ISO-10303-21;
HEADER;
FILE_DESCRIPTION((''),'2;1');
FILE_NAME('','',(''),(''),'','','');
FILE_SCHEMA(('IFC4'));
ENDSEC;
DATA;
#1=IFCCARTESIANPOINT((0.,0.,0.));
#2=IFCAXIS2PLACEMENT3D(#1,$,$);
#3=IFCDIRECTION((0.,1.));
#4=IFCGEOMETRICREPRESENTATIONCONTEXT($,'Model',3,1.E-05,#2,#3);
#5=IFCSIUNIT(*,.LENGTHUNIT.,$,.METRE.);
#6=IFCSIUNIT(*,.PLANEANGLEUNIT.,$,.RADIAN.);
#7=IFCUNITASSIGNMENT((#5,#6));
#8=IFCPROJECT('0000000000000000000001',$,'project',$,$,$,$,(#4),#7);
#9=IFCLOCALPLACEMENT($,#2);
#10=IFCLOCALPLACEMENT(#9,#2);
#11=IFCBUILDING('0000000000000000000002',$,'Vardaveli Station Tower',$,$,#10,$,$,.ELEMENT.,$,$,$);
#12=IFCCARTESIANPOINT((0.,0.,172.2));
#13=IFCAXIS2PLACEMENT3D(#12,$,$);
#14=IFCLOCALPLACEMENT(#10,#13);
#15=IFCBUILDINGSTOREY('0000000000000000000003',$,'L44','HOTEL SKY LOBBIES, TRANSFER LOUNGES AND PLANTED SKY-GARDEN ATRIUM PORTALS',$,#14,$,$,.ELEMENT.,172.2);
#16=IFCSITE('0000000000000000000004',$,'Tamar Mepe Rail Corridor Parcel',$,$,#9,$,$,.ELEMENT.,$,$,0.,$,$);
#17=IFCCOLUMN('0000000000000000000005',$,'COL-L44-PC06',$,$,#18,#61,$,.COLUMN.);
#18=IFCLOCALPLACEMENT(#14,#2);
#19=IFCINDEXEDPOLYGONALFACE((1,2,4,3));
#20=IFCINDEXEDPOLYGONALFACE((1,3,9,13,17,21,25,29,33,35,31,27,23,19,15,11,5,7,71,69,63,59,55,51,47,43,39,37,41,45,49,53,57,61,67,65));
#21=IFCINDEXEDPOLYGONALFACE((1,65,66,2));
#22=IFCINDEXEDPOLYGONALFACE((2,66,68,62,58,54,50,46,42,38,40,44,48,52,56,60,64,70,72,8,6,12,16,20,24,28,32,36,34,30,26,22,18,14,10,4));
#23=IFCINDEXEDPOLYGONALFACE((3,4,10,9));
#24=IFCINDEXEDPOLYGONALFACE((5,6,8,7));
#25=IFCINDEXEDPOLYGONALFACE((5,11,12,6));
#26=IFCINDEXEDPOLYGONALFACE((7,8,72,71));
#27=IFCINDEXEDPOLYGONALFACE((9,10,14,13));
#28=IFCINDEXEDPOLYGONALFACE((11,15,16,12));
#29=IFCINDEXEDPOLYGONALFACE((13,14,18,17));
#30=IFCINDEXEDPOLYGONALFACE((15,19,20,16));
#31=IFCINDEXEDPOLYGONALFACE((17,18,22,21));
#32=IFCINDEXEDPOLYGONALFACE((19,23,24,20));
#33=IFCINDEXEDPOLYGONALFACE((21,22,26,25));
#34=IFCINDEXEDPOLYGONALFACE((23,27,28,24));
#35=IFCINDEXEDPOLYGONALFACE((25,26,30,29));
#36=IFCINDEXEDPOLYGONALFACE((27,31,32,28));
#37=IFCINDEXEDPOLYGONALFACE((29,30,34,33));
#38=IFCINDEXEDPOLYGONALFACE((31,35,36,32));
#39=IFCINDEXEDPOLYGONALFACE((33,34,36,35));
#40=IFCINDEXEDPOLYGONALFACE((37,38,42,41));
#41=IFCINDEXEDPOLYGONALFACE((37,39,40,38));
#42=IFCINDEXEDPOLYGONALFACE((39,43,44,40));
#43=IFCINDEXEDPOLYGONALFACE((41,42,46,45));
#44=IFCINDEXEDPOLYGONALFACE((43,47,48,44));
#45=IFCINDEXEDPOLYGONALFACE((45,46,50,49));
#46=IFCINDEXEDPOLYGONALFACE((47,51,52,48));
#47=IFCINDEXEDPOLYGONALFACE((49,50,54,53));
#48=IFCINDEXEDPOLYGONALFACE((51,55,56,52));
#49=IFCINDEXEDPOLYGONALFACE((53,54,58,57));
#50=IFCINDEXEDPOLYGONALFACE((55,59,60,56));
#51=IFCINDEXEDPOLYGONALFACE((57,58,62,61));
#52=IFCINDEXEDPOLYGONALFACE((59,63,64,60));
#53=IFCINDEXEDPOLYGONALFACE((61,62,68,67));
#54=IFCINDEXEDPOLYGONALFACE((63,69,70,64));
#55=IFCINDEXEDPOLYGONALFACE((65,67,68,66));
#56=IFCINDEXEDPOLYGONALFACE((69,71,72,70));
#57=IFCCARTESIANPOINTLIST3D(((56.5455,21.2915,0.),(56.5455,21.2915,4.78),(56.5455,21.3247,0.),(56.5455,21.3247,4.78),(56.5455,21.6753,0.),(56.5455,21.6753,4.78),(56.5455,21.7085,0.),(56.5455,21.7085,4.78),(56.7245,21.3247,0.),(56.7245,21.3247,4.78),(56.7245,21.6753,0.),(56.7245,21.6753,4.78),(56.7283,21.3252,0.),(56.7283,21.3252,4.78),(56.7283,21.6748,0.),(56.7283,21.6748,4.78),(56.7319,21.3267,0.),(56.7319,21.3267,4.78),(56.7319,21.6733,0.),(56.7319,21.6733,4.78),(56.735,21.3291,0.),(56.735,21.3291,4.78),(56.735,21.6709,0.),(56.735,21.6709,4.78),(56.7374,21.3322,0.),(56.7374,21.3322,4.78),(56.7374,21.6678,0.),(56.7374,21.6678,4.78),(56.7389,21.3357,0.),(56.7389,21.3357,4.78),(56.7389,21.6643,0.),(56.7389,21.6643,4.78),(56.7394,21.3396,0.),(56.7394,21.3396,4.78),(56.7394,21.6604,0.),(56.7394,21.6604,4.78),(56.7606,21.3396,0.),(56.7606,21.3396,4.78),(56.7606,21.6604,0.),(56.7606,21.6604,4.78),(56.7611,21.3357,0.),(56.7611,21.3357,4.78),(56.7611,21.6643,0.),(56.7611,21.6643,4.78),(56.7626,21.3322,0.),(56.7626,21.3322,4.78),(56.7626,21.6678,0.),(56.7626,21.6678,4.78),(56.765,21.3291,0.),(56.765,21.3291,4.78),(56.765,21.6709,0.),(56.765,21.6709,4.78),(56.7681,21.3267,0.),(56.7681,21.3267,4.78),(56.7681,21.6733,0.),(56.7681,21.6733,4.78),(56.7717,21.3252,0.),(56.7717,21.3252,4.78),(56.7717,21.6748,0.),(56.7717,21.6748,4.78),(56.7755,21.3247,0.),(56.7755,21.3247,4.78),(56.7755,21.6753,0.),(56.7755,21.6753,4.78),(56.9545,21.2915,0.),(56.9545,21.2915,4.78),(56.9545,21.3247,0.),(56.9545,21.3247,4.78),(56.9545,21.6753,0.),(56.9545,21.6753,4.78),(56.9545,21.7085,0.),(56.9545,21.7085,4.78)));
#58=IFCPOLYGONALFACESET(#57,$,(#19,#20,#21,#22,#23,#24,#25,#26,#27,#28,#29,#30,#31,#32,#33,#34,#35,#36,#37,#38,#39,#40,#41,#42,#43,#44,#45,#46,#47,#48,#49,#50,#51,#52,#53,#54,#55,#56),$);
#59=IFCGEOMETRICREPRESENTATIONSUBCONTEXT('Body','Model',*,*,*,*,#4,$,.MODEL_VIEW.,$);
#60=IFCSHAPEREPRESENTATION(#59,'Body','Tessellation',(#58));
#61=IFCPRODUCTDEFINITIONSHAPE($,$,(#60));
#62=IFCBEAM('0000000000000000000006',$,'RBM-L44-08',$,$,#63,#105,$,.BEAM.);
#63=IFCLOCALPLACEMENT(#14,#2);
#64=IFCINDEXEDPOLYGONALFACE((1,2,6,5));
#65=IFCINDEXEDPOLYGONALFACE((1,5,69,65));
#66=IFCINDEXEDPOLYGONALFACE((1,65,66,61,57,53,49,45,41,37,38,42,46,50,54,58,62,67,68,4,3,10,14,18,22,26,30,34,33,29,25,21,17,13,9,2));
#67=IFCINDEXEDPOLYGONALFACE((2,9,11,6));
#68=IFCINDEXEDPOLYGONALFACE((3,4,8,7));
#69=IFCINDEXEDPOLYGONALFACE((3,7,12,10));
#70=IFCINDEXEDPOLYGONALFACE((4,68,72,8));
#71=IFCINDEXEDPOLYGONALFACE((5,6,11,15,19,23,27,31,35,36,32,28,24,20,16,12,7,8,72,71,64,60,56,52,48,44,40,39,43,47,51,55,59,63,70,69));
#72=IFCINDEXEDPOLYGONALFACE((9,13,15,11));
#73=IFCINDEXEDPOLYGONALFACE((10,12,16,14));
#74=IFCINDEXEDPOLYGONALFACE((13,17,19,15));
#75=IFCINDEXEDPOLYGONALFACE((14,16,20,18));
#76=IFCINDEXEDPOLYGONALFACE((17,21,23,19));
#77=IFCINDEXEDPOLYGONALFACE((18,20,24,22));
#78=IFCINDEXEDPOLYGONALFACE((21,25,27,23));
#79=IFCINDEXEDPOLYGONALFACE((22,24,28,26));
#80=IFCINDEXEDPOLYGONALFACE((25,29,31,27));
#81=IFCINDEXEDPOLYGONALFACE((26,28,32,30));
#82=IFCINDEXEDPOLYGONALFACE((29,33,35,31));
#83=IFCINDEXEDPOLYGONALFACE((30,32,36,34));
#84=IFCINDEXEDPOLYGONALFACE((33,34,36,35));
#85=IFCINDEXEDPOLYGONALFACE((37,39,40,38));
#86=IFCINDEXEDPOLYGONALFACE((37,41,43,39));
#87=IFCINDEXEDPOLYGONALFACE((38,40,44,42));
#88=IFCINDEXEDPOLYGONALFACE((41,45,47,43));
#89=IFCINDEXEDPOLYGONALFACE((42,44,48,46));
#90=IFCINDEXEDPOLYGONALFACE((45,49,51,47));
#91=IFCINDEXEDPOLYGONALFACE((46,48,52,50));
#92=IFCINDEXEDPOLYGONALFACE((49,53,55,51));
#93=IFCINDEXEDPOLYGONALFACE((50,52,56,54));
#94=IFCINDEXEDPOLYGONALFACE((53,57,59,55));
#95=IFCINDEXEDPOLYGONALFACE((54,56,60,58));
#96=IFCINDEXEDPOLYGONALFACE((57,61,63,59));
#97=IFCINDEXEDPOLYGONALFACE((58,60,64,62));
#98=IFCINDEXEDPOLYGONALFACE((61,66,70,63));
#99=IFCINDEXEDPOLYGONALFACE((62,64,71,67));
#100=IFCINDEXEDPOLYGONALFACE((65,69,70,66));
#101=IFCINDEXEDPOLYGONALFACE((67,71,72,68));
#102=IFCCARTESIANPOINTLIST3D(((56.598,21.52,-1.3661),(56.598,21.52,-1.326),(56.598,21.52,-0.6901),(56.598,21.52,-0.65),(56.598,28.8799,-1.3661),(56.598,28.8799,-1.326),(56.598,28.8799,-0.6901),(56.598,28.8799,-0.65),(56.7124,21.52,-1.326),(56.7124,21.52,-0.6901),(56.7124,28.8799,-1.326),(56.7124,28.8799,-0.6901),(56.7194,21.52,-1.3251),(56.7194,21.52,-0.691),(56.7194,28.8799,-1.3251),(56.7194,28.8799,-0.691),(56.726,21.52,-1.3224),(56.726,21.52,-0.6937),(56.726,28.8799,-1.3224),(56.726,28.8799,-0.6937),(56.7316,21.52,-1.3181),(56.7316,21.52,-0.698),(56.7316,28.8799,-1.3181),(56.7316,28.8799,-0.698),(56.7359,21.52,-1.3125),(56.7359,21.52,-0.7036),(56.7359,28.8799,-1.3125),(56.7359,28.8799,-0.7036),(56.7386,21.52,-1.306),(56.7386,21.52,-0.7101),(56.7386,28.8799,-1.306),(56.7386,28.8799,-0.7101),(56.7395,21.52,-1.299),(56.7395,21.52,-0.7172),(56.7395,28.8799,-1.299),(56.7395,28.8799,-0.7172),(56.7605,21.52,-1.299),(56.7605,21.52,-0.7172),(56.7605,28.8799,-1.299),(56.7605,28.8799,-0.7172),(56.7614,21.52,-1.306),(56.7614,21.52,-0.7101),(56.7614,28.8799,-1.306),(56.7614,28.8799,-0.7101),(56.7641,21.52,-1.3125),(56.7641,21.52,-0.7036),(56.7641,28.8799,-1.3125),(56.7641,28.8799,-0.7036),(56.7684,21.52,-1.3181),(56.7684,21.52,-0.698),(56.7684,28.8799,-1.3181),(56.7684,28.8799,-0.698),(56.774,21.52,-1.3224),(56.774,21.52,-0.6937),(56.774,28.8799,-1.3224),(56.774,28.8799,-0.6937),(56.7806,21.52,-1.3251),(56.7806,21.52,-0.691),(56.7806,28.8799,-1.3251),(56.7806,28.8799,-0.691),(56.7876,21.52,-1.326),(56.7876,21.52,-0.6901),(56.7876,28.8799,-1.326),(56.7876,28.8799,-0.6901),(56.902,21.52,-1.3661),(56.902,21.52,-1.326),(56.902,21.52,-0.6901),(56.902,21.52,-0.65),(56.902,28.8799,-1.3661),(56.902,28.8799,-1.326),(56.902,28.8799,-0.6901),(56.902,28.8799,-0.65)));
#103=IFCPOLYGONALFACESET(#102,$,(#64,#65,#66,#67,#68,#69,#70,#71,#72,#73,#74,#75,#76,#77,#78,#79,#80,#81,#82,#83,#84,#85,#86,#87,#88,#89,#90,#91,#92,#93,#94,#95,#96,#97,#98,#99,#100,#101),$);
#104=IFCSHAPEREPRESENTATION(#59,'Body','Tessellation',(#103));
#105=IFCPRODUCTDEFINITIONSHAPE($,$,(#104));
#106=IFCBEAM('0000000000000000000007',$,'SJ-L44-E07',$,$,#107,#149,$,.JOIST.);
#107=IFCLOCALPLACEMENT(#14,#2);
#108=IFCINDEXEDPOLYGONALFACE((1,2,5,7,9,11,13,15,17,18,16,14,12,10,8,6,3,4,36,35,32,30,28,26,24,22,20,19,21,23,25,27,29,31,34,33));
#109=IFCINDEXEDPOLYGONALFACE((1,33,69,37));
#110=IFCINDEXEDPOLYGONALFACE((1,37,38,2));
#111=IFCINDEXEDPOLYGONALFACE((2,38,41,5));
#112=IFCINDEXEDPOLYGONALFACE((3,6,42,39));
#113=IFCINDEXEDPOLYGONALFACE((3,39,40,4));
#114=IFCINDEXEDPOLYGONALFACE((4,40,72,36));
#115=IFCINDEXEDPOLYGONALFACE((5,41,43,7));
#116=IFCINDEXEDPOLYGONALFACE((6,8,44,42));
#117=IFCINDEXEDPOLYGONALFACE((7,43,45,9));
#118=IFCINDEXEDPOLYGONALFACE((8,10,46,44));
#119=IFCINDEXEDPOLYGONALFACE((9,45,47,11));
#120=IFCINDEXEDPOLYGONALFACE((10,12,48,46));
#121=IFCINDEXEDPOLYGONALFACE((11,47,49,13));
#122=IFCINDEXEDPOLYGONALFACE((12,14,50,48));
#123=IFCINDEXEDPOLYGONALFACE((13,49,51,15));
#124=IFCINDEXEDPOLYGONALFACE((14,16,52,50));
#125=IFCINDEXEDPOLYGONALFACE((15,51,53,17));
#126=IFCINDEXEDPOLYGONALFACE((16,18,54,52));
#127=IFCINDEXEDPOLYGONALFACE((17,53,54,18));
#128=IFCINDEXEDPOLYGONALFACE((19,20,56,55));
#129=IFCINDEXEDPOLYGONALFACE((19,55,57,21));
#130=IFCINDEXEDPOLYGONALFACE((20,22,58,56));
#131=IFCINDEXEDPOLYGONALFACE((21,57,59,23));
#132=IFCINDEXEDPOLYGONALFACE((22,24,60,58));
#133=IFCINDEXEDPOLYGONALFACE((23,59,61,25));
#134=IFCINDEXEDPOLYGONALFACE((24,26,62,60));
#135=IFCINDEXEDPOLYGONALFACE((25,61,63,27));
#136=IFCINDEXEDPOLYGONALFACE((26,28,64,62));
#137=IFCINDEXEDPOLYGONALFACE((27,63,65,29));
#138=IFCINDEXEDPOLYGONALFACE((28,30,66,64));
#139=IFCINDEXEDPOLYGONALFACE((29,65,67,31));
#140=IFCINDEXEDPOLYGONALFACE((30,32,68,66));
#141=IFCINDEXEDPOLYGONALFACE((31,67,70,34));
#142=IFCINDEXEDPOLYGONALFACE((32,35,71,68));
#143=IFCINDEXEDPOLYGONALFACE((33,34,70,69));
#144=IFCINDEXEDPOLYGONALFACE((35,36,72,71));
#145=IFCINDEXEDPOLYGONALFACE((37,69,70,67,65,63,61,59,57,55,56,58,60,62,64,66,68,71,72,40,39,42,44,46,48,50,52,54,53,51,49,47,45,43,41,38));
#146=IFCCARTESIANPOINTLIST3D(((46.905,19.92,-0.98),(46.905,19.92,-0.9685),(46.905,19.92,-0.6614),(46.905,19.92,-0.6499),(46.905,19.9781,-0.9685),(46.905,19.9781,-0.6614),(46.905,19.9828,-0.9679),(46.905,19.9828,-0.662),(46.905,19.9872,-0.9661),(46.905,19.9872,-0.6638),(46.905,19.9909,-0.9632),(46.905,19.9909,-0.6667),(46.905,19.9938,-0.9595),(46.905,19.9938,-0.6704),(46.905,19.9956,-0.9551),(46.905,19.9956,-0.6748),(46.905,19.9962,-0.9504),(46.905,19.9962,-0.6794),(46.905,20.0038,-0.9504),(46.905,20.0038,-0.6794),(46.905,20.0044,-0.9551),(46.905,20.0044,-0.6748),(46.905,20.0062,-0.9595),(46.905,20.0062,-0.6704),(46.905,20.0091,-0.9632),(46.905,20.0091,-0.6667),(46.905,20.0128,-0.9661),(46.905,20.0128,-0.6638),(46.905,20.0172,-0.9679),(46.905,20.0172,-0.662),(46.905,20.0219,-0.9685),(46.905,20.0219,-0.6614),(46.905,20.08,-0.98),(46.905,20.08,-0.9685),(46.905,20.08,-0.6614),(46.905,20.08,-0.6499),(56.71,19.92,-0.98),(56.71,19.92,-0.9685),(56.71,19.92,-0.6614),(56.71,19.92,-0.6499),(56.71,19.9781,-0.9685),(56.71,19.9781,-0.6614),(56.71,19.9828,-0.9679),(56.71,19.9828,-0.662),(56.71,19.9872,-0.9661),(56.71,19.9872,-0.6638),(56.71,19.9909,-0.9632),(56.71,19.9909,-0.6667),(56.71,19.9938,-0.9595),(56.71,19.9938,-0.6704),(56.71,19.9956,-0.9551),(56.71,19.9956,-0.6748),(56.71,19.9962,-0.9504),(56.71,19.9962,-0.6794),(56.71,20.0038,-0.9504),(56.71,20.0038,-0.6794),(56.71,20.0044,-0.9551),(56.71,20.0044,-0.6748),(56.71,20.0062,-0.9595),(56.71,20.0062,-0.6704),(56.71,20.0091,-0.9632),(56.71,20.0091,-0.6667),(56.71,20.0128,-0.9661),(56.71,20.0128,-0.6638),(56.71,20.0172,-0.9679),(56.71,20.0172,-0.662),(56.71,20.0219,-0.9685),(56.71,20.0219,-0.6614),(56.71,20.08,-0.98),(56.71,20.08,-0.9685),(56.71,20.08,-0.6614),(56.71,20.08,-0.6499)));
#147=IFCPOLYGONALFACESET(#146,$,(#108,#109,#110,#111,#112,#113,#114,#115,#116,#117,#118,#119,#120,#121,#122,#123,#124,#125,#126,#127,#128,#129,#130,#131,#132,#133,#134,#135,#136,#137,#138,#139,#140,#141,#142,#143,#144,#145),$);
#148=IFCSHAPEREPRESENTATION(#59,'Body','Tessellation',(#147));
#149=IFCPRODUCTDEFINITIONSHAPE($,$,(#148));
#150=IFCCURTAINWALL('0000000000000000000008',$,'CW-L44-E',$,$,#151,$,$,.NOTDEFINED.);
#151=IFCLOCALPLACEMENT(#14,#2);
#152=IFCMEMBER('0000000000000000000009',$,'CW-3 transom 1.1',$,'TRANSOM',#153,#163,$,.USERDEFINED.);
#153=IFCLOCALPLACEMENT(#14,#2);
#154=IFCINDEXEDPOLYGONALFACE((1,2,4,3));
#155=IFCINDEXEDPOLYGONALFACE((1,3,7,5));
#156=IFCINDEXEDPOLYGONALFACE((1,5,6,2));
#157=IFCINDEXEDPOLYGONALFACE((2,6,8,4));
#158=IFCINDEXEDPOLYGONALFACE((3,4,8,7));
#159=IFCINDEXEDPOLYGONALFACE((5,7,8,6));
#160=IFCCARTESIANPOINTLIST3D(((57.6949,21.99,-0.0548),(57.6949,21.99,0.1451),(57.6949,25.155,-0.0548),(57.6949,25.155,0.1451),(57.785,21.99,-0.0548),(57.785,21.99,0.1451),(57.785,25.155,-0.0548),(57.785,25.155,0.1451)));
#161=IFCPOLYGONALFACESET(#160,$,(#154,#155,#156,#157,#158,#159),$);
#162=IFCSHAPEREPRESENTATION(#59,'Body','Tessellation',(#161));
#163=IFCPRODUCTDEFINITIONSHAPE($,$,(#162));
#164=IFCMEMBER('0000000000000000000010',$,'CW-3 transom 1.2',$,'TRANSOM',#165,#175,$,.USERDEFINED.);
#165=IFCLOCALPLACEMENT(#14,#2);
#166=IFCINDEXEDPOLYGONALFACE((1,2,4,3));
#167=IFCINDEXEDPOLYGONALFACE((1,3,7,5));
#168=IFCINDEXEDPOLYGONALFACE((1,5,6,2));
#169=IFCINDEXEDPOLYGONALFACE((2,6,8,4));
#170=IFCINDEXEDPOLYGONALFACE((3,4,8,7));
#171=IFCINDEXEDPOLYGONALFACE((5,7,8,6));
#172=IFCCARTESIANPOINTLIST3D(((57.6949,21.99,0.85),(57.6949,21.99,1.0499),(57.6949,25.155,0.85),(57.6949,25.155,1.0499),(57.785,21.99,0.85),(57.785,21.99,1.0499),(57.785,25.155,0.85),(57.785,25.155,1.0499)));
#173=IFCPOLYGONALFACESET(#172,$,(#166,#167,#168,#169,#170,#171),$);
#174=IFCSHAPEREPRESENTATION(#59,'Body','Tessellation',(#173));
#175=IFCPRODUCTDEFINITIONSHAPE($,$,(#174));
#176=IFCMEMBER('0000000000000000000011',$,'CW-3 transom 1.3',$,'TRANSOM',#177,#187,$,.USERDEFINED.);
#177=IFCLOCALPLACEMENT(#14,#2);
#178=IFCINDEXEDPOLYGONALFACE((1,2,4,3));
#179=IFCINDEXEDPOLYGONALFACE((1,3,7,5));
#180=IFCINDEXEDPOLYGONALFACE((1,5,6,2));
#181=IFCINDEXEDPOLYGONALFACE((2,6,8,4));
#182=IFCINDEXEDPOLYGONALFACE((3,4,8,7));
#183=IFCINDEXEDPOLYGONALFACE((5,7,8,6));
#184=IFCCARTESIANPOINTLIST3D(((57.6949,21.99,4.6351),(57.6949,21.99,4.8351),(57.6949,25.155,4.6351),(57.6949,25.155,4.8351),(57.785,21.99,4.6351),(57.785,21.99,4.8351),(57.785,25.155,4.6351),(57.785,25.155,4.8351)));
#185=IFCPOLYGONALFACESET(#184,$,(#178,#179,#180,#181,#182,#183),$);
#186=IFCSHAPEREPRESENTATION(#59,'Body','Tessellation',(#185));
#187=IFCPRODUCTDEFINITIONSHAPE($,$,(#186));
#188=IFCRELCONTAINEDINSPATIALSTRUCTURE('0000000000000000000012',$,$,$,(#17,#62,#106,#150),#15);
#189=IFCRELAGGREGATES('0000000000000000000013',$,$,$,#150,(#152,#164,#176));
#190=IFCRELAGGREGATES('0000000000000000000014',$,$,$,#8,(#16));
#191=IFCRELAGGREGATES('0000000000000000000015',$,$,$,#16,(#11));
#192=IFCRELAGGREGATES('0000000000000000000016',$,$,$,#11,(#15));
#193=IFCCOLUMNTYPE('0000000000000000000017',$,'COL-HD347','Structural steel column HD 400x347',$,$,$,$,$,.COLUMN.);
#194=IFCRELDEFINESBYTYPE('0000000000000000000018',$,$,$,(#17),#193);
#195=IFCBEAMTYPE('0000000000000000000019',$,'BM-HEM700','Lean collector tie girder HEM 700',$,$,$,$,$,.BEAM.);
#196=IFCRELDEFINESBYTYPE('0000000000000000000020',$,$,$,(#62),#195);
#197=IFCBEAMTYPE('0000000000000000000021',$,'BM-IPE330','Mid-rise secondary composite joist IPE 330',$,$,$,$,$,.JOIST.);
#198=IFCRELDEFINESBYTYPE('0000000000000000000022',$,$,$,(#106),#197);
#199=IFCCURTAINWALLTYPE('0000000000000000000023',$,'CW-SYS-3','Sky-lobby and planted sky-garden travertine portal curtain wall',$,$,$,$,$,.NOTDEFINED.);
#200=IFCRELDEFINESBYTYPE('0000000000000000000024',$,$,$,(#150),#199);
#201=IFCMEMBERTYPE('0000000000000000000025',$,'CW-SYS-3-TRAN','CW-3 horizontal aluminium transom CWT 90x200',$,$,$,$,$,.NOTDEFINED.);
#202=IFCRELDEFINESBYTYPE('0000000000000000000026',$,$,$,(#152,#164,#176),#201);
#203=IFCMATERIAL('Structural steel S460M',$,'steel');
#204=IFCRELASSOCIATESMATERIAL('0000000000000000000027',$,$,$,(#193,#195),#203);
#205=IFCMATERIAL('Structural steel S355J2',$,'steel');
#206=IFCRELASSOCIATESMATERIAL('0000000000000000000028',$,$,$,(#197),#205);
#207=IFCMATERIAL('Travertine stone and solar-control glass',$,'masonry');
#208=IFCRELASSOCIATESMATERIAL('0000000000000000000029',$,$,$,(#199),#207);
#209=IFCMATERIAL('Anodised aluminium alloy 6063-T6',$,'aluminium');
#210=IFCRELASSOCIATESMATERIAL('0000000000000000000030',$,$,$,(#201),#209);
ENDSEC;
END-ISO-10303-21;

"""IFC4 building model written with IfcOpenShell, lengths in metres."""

from ifc_helpers import new_model, si_unit, direction, frame, origin, origin_2d, place, context, subcontext, project, spatial, rectangle, i_section, extrude, source, transform, mapped, material, material_profile, profile_set, type_object, element, aggregate, save


model = new_model("IFC4")

# Units and contexts
model_context = context("Model", 3, precision=1e-05, world=origin(), true_north=direction((0.0, 1.0)))
body_context = subcontext(model_context, "Body", "Model", "MODEL_VIEW")
ifc_project = project(units=[si_unit("LENGTHUNIT", "METRE"), si_unit("PLANEANGLEUNIT", "RADIAN")], contexts=[model_context])

# Site, building, storey
site_placement = place(None, origin())
site = spatial("IfcSite", under=ifc_project, at=site_placement, Name="Tamar Mepe Rail Corridor Parcel", CompositionType="ELEMENT", RefElevation=0.0)
building_placement = place(site_placement, origin())
building = spatial("IfcBuilding", under=site, at=building_placement, Name="Vardaveli Station Tower", CompositionType="ELEMENT")
storey_placement = place(building_placement, frame((0.0, 0.0, 172.2)))
storey = spatial("IfcBuildingStorey", under=building, at=storey_placement, Name="L44", Description="HOTEL SKY LOBBIES, TRANSFER LOUNGES AND PLANTED SKY-GARDEN ATRIUM PORTALS", CompositionType="ELEMENT", Elevation=172.2)

# Column
ifc_material_1 = material(Name="Structural steel S460M", Category="steel")
ifc_material_profile_1 = material_profile(ifc_material_1, i_section(OverallWidth=0.4089, OverallDepth=0.417, WebThickness=0.0212, FlangeThickness=0.0332, FilletRadius=0.0149, at=origin_2d()), Name="HD 400x347")
ifc_profile_set_1 = profile_set([ifc_material_profile_1], Name="Structural steel S460M")
column_type = type_object("IfcColumnType", Name="COL-HD347", Description="Structural steel column HD 400x347", PredefinedType="COLUMN", material=ifc_profile_set_1)
shared_shape_1 = source(origin(), body_context, "Body", "SweptSolid", [
    extrude(i_section(OverallWidth=0.4089, OverallDepth=0.417, WebThickness=0.0212, FlangeThickness=0.0332, FilletRadius=0.0149, at=origin_2d()), origin(), (0.0, 0.0, 1.0), 4.78),
])
column_placement = place(storey_placement, frame((56.75, 21.5, 0.0), z_axis=(0.0, 0.0, 1.0), x_axis=(1.0, 0.0, 0.0)))
element("IfcColumn", 1, at=column_placement, inside=storey, type_object=column_type, Name="COL-L44-PC06", PredefinedType="COLUMN", context=body_context, shape_type="MappedRepresentation", body=[
    mapped(shared_shape_1, transform((0.0, 0.0, 0.0), scale=1.0)),
])

# Beams
ifc_material_profile_2 = material_profile(ifc_material_1, i_section(OverallWidth=0.304, OverallDepth=0.7161, WebThickness=0.021, FlangeThickness=0.04, FilletRadius=0.0271, at=origin_2d()), Name="HEM 700")
ifc_profile_set_2 = profile_set([ifc_material_profile_2], Name="Structural steel S460M")
beam_type_1 = type_object("IfcBeamType", Name="BM-HEM700", Description="Lean collector tie girder HEM 700", PredefinedType="BEAM", material=ifc_profile_set_2)
shared_shape_2 = source(origin(), body_context, "Body", "SweptSolid", [
    extrude(i_section(OverallWidth=0.304, OverallDepth=0.7161, WebThickness=0.021, FlangeThickness=0.04, FilletRadius=0.0271, at=origin_2d()), origin(), (0.0, 0.0, 1.0), 7.3599),
])
beam_1_placement = place(storey_placement, frame((56.75, 21.52, -1.0081), z_axis=(0.0, 1.0, 0.0), x_axis=(-1.0, 0.0, 0.0)))
element("IfcBeam", 2, at=beam_1_placement, inside=storey, type_object=beam_type_1, Name="RBM-L44-08", PredefinedType="BEAM", context=body_context, shape_type="MappedRepresentation", body=[
    mapped(shared_shape_2, transform((0.0, 0.0, 0.0), scale=1.0)),
])
ifc_material_2 = material(Name="Structural steel S355J2", Category="steel")
ifc_material_profile_3 = material_profile(ifc_material_2, i_section(OverallWidth=0.1599, OverallDepth=0.3301, WebThickness=0.0076, FlangeThickness=0.0115, FilletRadius=0.0181, at=origin_2d()), Name="IPE 330")
ifc_profile_set_3 = profile_set([ifc_material_profile_3], Name="Structural steel S355J2")
beam_type_2 = type_object("IfcBeamType", Name="BM-IPE330", Description="Mid-rise secondary composite joist IPE 330", PredefinedType="JOIST", material=ifc_profile_set_3)
shared_shape_3 = source(origin(), body_context, "Body", "SweptSolid", [
    extrude(i_section(OverallWidth=0.1599, OverallDepth=0.3301, WebThickness=0.0076, FlangeThickness=0.0115, FilletRadius=0.0181, at=origin_2d()), origin(), (0.0, 0.0, 1.0), 9.8049),
])
beam_2_placement = place(storey_placement, frame((46.905, 20.0, -0.8149), z_axis=(1.0, 0.0, 0.0), x_axis=(0.0, 1.0, 0.0)))
element("IfcBeam", 3, at=beam_2_placement, inside=storey, type_object=beam_type_2, Name="SJ-L44-E07", PredefinedType="JOIST", context=body_context, shape_type="MappedRepresentation", body=[
    mapped(shared_shape_3, transform((0.0, 0.0, 0.0), scale=1.0)),
])

# Curtain wall, members
ifc_material_3 = material(Name="Travertine stone and solar-control glass", Category="masonry")
curtain_wall_type = type_object("IfcCurtainWallType", Name="CW-SYS-3", Description="Sky-lobby and planted sky-garden travertine portal curtain wall", PredefinedType="NOTDEFINED", material=ifc_material_3)
curtain_wall_placement = place(storey_placement, origin())
curtain_wall = element("IfcCurtainWall", 4, at=curtain_wall_placement, inside=storey, type_object=curtain_wall_type, Name="CW-L44-E", PredefinedType="NOTDEFINED")
ifc_material_4 = material(Name="Anodised aluminium alloy 6063-T6", Category="aluminium")
ifc_material_profile_4 = material_profile(ifc_material_4, rectangle(XDim=0.0901, YDim=0.2, at=origin_2d()), Name="CWT 90x200")
ifc_profile_set_4 = profile_set([ifc_material_profile_4], Name="Anodised aluminium alloy 6063-T6")
member_type_1 = type_object("IfcMemberType", Name="CW-SYS-3-TRAN", Description="CW-3 horizontal aluminium transom CWT 90x200", PredefinedType="NOTDEFINED", material=ifc_profile_set_4)
shared_shape_4 = source(origin(), body_context, "Body", "SweptSolid", [
    extrude(rectangle(XDim=0.0901, YDim=0.2, at=origin_2d()), origin(), (0.0, 0.0, 1.0), 3.165),
])
member_1_placement = place(storey_placement, frame((57.74, 21.99, 0.0452), z_axis=(0.0, 1.0, 0.0), x_axis=(-1.0, 0.0, 0.0)))
member_1 = element("IfcMember", 5, at=member_1_placement, type_object=member_type_1, Name="CW-3 transom 1.1", ObjectType="TRANSOM", PredefinedType="USERDEFINED", context=body_context, shape_type="MappedRepresentation", body=[
    mapped(shared_shape_4, transform((0.0, 0.0, 0.0), scale=1.0)),
])
member_2_placement = place(storey_placement, frame((57.74, 21.99, 0.95), z_axis=(0.0, 1.0, 0.0), x_axis=(-1.0, 0.0, 0.0)))
member_2 = element("IfcMember", 6, at=member_2_placement, type_object=member_type_1, Name="CW-3 transom 1.2", ObjectType="TRANSOM", PredefinedType="USERDEFINED", context=body_context, shape_type="MappedRepresentation", body=[
    mapped(shared_shape_4, transform((0.0, 0.0, 0.0), scale=1.0)),
])
member_3_placement = place(storey_placement, frame((57.74, 21.99, 4.7351), z_axis=(0.0, 1.0, 0.0), x_axis=(-1.0, 0.0, 0.0)))
member_3 = element("IfcMember", 7, at=member_3_placement, type_object=member_type_1, Name="CW-3 transom 1.3", ObjectType="TRANSOM", PredefinedType="USERDEFINED", context=body_context, shape_type="MappedRepresentation", body=[
    mapped(shared_shape_4, transform((0.0, 0.0, 0.0), scale=1.0)),
])
aggregate(curtain_wall, [member_1, member_2, member_3])

save(model, "model.ifc")
